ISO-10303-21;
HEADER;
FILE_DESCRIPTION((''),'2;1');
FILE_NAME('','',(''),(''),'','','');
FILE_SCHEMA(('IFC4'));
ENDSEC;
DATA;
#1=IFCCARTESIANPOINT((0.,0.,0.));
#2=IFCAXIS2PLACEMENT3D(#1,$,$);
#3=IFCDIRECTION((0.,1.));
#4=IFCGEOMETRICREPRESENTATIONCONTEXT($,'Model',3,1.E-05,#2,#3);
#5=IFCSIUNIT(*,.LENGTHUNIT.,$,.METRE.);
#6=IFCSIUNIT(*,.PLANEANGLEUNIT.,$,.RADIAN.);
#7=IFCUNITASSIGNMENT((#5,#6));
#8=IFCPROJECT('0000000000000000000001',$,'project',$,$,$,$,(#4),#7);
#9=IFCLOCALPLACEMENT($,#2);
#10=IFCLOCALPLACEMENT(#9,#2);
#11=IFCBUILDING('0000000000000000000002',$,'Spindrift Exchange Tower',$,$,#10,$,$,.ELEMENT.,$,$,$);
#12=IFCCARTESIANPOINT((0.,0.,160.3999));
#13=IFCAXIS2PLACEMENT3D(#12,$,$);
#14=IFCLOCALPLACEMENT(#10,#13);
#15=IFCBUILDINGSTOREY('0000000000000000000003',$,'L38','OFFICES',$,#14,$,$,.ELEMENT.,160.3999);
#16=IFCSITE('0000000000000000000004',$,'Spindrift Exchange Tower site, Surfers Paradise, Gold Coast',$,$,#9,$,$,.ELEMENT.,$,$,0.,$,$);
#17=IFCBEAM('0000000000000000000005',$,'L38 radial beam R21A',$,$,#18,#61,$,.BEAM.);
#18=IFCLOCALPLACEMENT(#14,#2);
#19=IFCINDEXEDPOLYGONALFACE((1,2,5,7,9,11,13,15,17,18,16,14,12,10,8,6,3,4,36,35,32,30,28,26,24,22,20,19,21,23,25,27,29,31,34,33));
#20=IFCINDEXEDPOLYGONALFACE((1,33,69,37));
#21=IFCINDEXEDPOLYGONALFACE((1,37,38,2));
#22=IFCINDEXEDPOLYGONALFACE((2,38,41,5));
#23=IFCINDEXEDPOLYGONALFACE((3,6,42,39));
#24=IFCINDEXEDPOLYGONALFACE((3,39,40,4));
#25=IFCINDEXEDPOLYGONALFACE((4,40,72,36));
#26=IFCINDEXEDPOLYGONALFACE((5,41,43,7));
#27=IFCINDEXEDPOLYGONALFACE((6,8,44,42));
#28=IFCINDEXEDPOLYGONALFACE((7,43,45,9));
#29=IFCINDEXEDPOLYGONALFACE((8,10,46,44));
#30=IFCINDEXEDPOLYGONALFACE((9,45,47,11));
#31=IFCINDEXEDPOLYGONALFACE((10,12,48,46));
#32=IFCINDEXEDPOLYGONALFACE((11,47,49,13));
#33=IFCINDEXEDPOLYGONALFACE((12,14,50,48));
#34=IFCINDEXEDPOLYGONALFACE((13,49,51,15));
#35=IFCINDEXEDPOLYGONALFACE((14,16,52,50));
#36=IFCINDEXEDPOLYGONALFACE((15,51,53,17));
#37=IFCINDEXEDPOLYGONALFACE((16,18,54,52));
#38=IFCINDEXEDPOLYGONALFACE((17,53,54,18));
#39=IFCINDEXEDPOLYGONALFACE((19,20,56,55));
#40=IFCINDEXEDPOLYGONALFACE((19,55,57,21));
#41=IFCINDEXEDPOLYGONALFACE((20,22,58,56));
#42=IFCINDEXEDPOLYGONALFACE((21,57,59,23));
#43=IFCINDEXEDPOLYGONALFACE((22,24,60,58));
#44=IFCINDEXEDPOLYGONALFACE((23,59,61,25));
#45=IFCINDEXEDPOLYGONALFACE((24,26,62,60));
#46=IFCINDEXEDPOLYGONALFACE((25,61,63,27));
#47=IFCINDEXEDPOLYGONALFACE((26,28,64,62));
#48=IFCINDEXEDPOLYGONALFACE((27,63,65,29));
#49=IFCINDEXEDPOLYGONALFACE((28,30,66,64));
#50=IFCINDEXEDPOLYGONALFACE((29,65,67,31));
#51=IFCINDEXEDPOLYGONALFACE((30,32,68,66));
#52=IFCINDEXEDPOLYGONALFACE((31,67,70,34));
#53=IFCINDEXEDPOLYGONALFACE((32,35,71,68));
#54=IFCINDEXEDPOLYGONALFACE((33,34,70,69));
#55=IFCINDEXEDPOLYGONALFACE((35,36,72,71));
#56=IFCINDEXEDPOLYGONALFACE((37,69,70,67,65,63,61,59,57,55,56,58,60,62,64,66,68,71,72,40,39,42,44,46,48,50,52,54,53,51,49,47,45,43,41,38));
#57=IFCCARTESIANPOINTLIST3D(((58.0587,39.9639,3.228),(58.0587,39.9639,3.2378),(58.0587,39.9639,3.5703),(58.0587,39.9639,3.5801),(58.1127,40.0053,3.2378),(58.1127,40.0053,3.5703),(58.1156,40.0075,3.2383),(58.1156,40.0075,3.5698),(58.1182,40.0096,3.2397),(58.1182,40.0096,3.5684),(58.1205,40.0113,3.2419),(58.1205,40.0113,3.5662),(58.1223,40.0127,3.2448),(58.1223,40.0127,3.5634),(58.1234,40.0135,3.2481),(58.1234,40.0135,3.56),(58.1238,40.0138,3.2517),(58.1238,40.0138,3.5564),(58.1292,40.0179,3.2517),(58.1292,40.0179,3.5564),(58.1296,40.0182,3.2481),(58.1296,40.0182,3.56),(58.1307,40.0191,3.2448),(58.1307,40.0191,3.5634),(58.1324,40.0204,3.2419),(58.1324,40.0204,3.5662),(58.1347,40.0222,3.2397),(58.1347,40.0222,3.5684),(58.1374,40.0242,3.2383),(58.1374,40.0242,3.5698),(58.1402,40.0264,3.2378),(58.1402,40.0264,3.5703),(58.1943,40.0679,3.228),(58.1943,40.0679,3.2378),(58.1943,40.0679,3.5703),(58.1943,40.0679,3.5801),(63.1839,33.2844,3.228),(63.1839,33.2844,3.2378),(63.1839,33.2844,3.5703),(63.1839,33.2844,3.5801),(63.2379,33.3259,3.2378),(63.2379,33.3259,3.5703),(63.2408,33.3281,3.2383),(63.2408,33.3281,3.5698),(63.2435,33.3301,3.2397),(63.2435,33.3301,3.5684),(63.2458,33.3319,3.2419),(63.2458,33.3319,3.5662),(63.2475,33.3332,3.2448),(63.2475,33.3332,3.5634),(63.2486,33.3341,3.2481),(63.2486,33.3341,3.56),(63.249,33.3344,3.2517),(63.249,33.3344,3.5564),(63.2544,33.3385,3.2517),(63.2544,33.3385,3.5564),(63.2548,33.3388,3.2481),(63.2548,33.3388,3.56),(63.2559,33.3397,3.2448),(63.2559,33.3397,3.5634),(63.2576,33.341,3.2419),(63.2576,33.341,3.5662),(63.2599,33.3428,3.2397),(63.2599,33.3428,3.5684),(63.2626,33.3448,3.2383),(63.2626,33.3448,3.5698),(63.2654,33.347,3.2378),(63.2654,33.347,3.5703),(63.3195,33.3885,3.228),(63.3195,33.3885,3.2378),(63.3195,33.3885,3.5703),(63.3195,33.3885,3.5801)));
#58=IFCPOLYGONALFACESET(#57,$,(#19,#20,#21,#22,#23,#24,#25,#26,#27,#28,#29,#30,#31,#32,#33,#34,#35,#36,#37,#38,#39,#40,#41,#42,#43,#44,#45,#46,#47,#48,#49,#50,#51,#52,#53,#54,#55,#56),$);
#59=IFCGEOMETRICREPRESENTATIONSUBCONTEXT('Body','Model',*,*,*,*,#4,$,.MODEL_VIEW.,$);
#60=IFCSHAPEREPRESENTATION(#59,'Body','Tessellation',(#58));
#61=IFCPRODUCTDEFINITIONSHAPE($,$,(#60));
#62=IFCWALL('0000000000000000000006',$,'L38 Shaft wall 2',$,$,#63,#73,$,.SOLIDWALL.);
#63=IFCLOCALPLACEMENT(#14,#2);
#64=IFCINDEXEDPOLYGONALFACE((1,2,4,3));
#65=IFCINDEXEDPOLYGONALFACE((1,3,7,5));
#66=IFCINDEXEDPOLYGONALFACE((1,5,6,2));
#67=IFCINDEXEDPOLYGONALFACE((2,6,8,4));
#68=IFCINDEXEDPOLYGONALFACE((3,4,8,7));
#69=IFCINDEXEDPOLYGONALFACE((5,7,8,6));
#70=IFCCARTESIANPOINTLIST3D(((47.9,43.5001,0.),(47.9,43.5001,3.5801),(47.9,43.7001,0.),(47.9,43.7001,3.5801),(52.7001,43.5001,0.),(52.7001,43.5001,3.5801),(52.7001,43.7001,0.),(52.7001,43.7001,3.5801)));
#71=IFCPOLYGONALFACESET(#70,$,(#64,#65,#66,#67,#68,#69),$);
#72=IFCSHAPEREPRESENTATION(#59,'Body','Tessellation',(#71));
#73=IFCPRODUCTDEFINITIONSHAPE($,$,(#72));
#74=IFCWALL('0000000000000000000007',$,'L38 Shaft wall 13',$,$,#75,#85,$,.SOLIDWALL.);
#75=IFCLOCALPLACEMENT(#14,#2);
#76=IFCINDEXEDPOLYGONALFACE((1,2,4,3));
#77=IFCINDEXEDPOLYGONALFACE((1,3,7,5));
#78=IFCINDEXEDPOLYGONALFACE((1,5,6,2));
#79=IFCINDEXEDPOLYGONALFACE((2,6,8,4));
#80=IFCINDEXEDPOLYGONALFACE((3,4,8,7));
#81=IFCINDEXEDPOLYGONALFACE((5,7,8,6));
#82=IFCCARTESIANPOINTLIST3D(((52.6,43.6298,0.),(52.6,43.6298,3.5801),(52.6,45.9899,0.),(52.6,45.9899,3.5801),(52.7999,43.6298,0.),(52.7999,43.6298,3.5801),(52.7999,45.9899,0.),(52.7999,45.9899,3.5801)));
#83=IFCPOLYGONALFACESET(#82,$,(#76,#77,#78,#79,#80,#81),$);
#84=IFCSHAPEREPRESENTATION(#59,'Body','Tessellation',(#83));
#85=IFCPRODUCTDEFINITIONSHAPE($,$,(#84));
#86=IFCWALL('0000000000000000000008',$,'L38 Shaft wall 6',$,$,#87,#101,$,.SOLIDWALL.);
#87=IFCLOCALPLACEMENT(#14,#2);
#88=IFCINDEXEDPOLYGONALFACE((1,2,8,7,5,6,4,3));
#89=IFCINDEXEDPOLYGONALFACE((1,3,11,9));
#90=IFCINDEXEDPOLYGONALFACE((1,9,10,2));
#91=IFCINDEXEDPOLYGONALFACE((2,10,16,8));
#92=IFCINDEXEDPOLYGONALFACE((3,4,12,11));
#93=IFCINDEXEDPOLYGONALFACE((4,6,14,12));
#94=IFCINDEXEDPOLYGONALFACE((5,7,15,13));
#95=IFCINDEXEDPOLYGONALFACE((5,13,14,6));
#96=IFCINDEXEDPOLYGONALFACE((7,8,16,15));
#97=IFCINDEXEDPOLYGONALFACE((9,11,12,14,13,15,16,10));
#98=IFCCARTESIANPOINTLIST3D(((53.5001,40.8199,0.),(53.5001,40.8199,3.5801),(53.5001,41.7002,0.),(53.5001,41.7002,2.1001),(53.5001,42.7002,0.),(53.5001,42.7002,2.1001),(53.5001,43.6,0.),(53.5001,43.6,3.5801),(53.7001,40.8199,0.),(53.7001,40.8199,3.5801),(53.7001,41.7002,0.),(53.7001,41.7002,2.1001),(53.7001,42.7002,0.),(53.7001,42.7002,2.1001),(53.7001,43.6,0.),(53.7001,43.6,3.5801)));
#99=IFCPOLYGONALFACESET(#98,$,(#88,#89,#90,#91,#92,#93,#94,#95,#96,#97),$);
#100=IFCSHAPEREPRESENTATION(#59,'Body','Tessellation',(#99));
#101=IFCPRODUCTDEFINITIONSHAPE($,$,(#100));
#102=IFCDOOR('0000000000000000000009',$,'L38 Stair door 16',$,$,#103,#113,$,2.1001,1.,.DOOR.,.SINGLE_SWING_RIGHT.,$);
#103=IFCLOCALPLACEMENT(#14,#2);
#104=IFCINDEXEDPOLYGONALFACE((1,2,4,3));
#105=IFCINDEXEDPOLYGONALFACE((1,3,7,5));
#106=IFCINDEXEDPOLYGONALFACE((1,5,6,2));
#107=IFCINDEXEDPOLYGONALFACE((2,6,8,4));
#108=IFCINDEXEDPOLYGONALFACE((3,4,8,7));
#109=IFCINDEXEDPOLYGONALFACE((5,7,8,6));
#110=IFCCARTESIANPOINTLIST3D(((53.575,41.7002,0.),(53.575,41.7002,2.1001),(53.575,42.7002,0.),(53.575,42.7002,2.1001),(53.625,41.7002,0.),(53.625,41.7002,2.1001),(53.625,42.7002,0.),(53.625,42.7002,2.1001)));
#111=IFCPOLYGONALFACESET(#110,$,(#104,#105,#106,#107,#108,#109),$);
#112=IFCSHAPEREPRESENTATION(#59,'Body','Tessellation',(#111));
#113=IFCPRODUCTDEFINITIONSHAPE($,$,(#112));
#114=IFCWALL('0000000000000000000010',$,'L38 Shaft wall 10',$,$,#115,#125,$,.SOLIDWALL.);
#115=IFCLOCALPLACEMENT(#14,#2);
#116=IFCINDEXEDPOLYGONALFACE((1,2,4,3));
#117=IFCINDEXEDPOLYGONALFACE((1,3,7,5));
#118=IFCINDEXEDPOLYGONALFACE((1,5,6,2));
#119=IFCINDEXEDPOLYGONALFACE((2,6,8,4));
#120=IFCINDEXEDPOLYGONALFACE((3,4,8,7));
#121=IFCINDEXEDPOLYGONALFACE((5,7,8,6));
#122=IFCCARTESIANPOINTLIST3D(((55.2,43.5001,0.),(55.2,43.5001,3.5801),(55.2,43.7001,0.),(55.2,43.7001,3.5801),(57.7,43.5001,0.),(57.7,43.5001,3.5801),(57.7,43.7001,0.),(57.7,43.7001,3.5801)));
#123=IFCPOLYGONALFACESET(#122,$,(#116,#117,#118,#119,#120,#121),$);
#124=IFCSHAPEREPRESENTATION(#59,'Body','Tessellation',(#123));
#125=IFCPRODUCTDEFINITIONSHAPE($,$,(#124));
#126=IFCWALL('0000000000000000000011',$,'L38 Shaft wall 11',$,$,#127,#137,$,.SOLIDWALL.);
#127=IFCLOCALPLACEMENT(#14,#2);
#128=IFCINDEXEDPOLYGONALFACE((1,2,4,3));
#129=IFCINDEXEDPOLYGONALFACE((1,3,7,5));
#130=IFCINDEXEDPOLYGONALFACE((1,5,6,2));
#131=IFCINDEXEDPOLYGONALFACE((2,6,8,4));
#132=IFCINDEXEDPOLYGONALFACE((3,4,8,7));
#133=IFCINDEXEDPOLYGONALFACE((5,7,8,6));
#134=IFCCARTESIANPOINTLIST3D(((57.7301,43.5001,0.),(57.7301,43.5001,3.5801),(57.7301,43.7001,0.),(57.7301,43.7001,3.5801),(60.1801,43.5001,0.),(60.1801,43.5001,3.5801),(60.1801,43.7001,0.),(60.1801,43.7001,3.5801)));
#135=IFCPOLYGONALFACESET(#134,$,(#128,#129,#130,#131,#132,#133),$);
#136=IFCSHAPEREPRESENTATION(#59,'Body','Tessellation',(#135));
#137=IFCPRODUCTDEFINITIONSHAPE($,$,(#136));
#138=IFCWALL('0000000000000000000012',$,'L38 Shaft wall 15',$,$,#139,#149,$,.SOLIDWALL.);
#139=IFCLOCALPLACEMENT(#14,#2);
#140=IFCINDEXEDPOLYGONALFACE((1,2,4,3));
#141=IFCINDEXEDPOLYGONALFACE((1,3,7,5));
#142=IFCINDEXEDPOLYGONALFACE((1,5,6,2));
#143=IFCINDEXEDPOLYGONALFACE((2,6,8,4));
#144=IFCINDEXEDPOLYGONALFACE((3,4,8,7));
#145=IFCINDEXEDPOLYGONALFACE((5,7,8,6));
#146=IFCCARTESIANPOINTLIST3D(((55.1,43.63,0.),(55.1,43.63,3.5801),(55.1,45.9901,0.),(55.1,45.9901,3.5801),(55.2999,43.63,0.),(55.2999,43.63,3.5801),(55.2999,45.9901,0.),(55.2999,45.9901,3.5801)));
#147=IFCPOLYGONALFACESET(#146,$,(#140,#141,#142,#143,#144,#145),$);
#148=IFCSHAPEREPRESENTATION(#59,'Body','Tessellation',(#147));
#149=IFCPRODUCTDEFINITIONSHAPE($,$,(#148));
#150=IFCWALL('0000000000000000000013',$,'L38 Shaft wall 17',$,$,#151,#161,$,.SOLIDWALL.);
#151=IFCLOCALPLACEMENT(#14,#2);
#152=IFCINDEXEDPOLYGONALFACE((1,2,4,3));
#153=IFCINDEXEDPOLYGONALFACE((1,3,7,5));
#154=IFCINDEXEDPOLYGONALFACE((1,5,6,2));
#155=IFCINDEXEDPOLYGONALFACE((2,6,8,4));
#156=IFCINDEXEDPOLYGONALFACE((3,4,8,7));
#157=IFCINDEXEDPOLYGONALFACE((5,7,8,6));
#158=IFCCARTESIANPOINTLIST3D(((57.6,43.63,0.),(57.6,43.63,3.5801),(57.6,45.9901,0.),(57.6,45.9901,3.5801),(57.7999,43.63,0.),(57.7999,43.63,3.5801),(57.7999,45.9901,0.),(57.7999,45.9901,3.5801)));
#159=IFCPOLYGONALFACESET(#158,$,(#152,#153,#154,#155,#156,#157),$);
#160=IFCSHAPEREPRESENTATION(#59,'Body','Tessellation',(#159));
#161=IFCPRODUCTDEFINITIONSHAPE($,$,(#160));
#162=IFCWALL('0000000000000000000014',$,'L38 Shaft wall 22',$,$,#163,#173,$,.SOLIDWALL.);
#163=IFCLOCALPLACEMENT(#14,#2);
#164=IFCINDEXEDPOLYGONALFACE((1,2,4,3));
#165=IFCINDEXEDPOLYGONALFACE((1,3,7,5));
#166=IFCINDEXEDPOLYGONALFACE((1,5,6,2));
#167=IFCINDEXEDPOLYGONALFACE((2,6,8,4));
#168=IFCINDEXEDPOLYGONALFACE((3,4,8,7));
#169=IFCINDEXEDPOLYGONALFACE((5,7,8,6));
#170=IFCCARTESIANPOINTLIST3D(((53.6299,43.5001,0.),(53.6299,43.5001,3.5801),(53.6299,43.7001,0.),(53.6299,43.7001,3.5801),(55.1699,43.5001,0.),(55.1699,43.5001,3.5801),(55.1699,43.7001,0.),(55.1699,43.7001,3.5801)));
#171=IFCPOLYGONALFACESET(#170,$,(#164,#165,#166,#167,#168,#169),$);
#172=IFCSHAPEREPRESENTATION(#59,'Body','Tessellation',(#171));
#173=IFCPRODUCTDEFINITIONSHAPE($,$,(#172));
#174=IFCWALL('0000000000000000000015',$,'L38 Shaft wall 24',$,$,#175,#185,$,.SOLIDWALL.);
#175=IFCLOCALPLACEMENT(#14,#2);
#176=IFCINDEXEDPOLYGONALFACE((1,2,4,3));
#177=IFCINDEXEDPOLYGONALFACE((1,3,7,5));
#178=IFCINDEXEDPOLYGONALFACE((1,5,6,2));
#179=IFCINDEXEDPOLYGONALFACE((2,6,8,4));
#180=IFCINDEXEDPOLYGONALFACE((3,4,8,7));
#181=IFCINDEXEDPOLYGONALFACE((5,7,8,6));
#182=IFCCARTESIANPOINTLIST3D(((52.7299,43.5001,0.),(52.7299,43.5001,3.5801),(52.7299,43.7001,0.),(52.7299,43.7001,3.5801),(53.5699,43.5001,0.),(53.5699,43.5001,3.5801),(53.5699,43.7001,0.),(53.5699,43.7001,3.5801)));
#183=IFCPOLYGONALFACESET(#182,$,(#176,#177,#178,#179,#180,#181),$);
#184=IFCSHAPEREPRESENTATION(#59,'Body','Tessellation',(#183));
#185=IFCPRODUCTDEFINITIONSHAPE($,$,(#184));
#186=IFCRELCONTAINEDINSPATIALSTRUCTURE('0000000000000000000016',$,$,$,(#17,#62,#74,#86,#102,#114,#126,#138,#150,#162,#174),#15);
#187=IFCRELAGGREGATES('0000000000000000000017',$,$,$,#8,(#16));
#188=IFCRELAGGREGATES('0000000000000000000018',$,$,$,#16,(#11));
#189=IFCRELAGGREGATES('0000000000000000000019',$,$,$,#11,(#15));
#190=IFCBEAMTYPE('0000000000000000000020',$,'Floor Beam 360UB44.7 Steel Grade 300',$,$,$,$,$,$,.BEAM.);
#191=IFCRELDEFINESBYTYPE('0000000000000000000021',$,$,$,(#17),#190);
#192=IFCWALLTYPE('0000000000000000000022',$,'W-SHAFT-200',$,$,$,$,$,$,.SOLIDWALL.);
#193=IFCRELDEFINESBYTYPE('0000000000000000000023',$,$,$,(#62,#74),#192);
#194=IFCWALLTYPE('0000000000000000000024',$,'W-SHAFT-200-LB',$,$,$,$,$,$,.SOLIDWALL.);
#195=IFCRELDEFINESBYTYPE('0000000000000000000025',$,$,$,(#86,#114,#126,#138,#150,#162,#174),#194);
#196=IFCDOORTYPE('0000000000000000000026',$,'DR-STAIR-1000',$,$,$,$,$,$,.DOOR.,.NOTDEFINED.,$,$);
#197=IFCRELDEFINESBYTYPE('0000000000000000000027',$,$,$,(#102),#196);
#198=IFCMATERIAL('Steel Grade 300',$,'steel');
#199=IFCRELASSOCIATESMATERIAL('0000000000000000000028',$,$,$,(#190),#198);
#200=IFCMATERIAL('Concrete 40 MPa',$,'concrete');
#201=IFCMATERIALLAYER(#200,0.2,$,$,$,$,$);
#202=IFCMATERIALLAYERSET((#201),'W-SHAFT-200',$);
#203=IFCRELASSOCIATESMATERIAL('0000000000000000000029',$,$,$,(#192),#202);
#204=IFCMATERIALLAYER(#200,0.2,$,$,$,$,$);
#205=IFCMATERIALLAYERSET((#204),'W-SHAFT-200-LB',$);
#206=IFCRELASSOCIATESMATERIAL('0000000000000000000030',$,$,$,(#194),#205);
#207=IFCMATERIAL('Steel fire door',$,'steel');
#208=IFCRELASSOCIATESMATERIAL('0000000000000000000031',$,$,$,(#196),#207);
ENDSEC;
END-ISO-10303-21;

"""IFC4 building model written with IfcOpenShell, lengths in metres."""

from ifc_helpers import new_model, si_unit, direction, frame, frame_2d, origin, origin_2d, place, context, subcontext, project, spatial, rectangle, i_section, extrude, source, transform, mapped, material, layer, layer_set, material_profile, profile_set, type_object, element, fill, save


model = new_model("IFC4")

# Units and contexts
model_context = context("Model", 3, precision=1e-05, world=origin(), true_north=direction((0.0, 1.0)))
body_context = subcontext(model_context, "Body", "Model", "MODEL_VIEW")
ifc_project = project(units=[si_unit("LENGTHUNIT", "METRE"), si_unit("PLANEANGLEUNIT", "RADIAN")], contexts=[model_context])

# Site, building, storey
site_placement = place(None, origin())
site = spatial("IfcSite", under=ifc_project, at=site_placement, Name="Spindrift Exchange Tower site, Surfers Paradise, Gold Coast", CompositionType="ELEMENT", RefElevation=0.0)
building_placement = place(site_placement, origin())
building = spatial("IfcBuilding", under=site, at=building_placement, Name="Spindrift Exchange Tower", CompositionType="ELEMENT")
storey_placement = place(building_placement, frame((0.0, 0.0, 160.3999)))
storey = spatial("IfcBuildingStorey", under=building, at=storey_placement, Name="L38", Description="OFFICES", CompositionType="ELEMENT", Elevation=160.3999)

# Beam
ifc_material_1 = material(Name="Steel Grade 300", Category="steel")
ifc_material_profile_1 = material_profile(ifc_material_1, i_section(OverallWidth=0.1709, OverallDepth=0.3521, WebThickness=0.0068, FlangeThickness=0.0098, FilletRadius=0.0139, at=origin_2d()), Name="360UB44.7")
ifc_profile_set_1 = profile_set([ifc_material_profile_1], Name="Steel Grade 300")
beam_type_1 = type_object("IfcBeamType", Name="Floor Beam 360UB44.7 Steel Grade 300", PredefinedType="BEAM", material=ifc_profile_set_1)
shared_shape_1 = source(origin(), body_context, "Body", "SweptSolid", [
    extrude(i_section(OverallWidth=0.1709, OverallDepth=0.3521, WebThickness=0.0068, FlangeThickness=0.0098, FilletRadius=0.0139, at=origin_2d()), origin(), (0.0, 0.0, 1.0), 8.4192),
])
beam_1_placement = place(storey_placement, frame((58.1265, 40.0159, 3.4041), z_axis=(0.608756, -0.793358, 0.0), x_axis=(0.793358, 0.608756, 0.0)))
element("IfcBeam", 1, at=beam_1_placement, inside=storey, type_object=beam_type_1, Name="L38 radial beam R21A", PredefinedType="BEAM", context=body_context, shape_type="MappedRepresentation", body=[
    mapped(shared_shape_1, transform((0.0, 0.0, 0.0), scale=1.0)),
])

# Walls
ifc_material_2 = material(Name="Concrete 40 MPa", Category="concrete")
ifc_layer_1 = layer(ifc_material_2, 0.2)
ifc_layer_set_1 = layer_set([ifc_layer_1], Name="W-SHAFT-200")
wall_type_1 = type_object("IfcWallType", Name="W-SHAFT-200", PredefinedType="SOLIDWALL", material=ifc_layer_set_1)
wall_1_placement = place(storey_placement, frame((52.7, 43.6001, 0.0), z_axis=(0.0, 0.0, 1.0), x_axis=(-1.0, 0.0, 0.0)))
element("IfcWall", 2, at=wall_1_placement, inside=storey, type_object=wall_type_1, Name="L38 Shaft wall 2", PredefinedType="SOLIDWALL", context=body_context, shape_type="SweptSolid", body=[
    extrude(rectangle(XDim=4.8, YDim=0.2, at=frame_2d((2.3999, 0.0))), origin(), (0.0, 0.0, 1.0), 3.5801),
])
wall_2_placement = place(storey_placement, frame((52.7, 45.99, 0.0), z_axis=(0.0, 0.0, 1.0), x_axis=(0.0, -1.0, 0.0)))
element("IfcWall", 3, at=wall_2_placement, inside=storey, type_object=wall_type_1, Name="L38 Shaft wall 13", PredefinedType="SOLIDWALL", context=body_context, shape_type="SweptSolid", body=[
    extrude(rectangle(XDim=2.3601, YDim=0.2, at=frame_2d((1.1802, 0.0))), origin(), (0.0, 0.0, 1.0), 3.5801),
])

# Wall, opening, door
ifc_layer_2 = layer(ifc_material_2, 0.2)
ifc_layer_set_2 = layer_set([ifc_layer_2], Name="W-SHAFT-200-LB")
wall_type_2 = type_object("IfcWallType", Name="W-SHAFT-200-LB", PredefinedType="SOLIDWALL", material=ifc_layer_set_2)
wall_3_placement = place(storey_placement, frame((53.6001, 43.6001, 0.0), z_axis=(0.0, 0.0, 1.0), x_axis=(0.0, -1.0, 0.0)))
wall_3 = element("IfcWall", 4, at=wall_3_placement, inside=storey, type_object=wall_type_2, Name="L38 Shaft wall 6", PredefinedType="SOLIDWALL", context=body_context, shape_type="SweptSolid", body=[
    extrude(rectangle(XDim=2.78, YDim=0.2, at=frame_2d((1.3901, 0.0))), origin(), (0.0, 0.0, 1.0), 3.5801),
])
opening_placement = place(wall_3_placement, frame((0.8999, 0.0, 0.0)))
opening = element("IfcOpeningElement", 5, at=opening_placement, cuts=wall_3, PredefinedType="OPENING", context=body_context, shape_type="SweptSolid", body=[
    extrude(rectangle(XDim=1.0, YDim=2.1001, at=frame_2d((0.5, 1.05))), frame((0.0, 0.1099, 0.0), z_axis=(0.0, -1.0, 0.0), x_axis=(1.0, 0.0, 0.0)), (0.0, 0.0, 1.0), 0.22),
])
ifc_material_3 = material(Name="Steel fire door", Category="steel")
door_type = type_object("IfcDoorType", Name="DR-STAIR-1000", OperationType="NOTDEFINED", PredefinedType="DOOR", material=ifc_material_3)
shared_shape_2 = source(origin(), body_context, "Body", "SweptSolid", [
    extrude(rectangle(XDim=1.0, YDim=2.1001, at=frame_2d((0.5, 1.05))), frame((0.0, 0.0249, 0.0), z_axis=(0.0, -1.0, 0.0), x_axis=(1.0, 0.0, 0.0)), (0.0, 0.0, 1.0), 0.05),
])
door_placement = place(opening_placement, origin())
door = element("IfcDoor", 6, at=door_placement, inside=storey, type_object=door_type, Name="L38 Stair door 16", OperationType="SINGLE_SWING_RIGHT", OverallHeight=2.1001, OverallWidth=1.0, PredefinedType="DOOR", context=body_context, shape_type="MappedRepresentation", body=[
    mapped(shared_shape_2, transform((0.0, 0.0, 0.0), scale=1.0)),
])
fill(opening, door)

# Walls
wall_4_placement = place(storey_placement, frame((55.2, 43.6001, 0.0), z_axis=(0.0, 0.0, 1.0), x_axis=(1.0, 0.0, 0.0)))
element("IfcWall", 7, at=wall_4_placement, inside=storey, type_object=wall_type_2, Name="L38 Shaft wall 10", PredefinedType="SOLIDWALL", context=body_context, shape_type="SweptSolid", body=[
    extrude(rectangle(XDim=2.5, YDim=0.2, at=frame_2d((1.25, 0.0))), origin(), (0.0, 0.0, 1.0), 3.5801),
])
wall_5_placement = place(storey_placement, frame((57.73, 43.6001, 0.0), z_axis=(0.0, 0.0, 1.0), x_axis=(1.0, 0.0, 0.0)))
element("IfcWall", 8, at=wall_5_placement, inside=storey, type_object=wall_type_2, Name="L38 Shaft wall 11", PredefinedType="SOLIDWALL", context=body_context, shape_type="SweptSolid", body=[
    extrude(rectangle(XDim=2.45, YDim=0.2, at=frame_2d((1.2251, 0.0))), origin(), (0.0, 0.0, 1.0), 3.5801),
])
for number, where, z_axis, x_axis, name in (
    (9, (55.2, 43.6299, 0.0), (0.0, 0.0, 1.0), (0.0, 1.0, 0.0), "L38 Shaft wall 15"),
    (10, (57.7, 43.6299, 0.0), (0.0, 0.0, 1.0), (0.0, 1.0, 0.0), "L38 Shaft wall 17"),
):
    element("IfcWall", number, at=place(storey_placement, frame(where, z_axis=z_axis, x_axis=x_axis)), inside=storey, type_object=wall_type_2, Name=name, PredefinedType="SOLIDWALL", context=body_context, shape_type="SweptSolid", body=[
        extrude(rectangle(XDim=2.3601, YDim=0.2, at=frame_2d((1.1802, 0.0))), origin(), (0.0, 0.0, 1.0), 3.5801),
    ])
wall_6_placement = place(storey_placement, frame((53.6299, 43.6001, 0.0), z_axis=(0.0, 0.0, 1.0), x_axis=(1.0, 0.0, 0.0)))
element("IfcWall", 11, at=wall_6_placement, inside=storey, type_object=wall_type_2, Name="L38 Shaft wall 22", PredefinedType="SOLIDWALL", context=body_context, shape_type="SweptSolid", body=[
    extrude(rectangle(XDim=1.54, YDim=0.2, at=frame_2d((0.77, 0.0))), origin(), (0.0, 0.0, 1.0), 3.5801),
])
wall_7_placement = place(storey_placement, frame((52.73, 43.6001, 0.0), z_axis=(0.0, 0.0, 1.0), x_axis=(1.0, 0.0, 0.0)))
element("IfcWall", 12, at=wall_7_placement, inside=storey, type_object=wall_type_2, Name="L38 Shaft wall 24", PredefinedType="SOLIDWALL", context=body_context, shape_type="SweptSolid", body=[
    extrude(rectangle(XDim=0.8401, YDim=0.2, at=frame_2d((0.4199, 0.0))), origin(), (0.0, 0.0, 1.0), 3.5801),
])

save(model, "model.ifc")
